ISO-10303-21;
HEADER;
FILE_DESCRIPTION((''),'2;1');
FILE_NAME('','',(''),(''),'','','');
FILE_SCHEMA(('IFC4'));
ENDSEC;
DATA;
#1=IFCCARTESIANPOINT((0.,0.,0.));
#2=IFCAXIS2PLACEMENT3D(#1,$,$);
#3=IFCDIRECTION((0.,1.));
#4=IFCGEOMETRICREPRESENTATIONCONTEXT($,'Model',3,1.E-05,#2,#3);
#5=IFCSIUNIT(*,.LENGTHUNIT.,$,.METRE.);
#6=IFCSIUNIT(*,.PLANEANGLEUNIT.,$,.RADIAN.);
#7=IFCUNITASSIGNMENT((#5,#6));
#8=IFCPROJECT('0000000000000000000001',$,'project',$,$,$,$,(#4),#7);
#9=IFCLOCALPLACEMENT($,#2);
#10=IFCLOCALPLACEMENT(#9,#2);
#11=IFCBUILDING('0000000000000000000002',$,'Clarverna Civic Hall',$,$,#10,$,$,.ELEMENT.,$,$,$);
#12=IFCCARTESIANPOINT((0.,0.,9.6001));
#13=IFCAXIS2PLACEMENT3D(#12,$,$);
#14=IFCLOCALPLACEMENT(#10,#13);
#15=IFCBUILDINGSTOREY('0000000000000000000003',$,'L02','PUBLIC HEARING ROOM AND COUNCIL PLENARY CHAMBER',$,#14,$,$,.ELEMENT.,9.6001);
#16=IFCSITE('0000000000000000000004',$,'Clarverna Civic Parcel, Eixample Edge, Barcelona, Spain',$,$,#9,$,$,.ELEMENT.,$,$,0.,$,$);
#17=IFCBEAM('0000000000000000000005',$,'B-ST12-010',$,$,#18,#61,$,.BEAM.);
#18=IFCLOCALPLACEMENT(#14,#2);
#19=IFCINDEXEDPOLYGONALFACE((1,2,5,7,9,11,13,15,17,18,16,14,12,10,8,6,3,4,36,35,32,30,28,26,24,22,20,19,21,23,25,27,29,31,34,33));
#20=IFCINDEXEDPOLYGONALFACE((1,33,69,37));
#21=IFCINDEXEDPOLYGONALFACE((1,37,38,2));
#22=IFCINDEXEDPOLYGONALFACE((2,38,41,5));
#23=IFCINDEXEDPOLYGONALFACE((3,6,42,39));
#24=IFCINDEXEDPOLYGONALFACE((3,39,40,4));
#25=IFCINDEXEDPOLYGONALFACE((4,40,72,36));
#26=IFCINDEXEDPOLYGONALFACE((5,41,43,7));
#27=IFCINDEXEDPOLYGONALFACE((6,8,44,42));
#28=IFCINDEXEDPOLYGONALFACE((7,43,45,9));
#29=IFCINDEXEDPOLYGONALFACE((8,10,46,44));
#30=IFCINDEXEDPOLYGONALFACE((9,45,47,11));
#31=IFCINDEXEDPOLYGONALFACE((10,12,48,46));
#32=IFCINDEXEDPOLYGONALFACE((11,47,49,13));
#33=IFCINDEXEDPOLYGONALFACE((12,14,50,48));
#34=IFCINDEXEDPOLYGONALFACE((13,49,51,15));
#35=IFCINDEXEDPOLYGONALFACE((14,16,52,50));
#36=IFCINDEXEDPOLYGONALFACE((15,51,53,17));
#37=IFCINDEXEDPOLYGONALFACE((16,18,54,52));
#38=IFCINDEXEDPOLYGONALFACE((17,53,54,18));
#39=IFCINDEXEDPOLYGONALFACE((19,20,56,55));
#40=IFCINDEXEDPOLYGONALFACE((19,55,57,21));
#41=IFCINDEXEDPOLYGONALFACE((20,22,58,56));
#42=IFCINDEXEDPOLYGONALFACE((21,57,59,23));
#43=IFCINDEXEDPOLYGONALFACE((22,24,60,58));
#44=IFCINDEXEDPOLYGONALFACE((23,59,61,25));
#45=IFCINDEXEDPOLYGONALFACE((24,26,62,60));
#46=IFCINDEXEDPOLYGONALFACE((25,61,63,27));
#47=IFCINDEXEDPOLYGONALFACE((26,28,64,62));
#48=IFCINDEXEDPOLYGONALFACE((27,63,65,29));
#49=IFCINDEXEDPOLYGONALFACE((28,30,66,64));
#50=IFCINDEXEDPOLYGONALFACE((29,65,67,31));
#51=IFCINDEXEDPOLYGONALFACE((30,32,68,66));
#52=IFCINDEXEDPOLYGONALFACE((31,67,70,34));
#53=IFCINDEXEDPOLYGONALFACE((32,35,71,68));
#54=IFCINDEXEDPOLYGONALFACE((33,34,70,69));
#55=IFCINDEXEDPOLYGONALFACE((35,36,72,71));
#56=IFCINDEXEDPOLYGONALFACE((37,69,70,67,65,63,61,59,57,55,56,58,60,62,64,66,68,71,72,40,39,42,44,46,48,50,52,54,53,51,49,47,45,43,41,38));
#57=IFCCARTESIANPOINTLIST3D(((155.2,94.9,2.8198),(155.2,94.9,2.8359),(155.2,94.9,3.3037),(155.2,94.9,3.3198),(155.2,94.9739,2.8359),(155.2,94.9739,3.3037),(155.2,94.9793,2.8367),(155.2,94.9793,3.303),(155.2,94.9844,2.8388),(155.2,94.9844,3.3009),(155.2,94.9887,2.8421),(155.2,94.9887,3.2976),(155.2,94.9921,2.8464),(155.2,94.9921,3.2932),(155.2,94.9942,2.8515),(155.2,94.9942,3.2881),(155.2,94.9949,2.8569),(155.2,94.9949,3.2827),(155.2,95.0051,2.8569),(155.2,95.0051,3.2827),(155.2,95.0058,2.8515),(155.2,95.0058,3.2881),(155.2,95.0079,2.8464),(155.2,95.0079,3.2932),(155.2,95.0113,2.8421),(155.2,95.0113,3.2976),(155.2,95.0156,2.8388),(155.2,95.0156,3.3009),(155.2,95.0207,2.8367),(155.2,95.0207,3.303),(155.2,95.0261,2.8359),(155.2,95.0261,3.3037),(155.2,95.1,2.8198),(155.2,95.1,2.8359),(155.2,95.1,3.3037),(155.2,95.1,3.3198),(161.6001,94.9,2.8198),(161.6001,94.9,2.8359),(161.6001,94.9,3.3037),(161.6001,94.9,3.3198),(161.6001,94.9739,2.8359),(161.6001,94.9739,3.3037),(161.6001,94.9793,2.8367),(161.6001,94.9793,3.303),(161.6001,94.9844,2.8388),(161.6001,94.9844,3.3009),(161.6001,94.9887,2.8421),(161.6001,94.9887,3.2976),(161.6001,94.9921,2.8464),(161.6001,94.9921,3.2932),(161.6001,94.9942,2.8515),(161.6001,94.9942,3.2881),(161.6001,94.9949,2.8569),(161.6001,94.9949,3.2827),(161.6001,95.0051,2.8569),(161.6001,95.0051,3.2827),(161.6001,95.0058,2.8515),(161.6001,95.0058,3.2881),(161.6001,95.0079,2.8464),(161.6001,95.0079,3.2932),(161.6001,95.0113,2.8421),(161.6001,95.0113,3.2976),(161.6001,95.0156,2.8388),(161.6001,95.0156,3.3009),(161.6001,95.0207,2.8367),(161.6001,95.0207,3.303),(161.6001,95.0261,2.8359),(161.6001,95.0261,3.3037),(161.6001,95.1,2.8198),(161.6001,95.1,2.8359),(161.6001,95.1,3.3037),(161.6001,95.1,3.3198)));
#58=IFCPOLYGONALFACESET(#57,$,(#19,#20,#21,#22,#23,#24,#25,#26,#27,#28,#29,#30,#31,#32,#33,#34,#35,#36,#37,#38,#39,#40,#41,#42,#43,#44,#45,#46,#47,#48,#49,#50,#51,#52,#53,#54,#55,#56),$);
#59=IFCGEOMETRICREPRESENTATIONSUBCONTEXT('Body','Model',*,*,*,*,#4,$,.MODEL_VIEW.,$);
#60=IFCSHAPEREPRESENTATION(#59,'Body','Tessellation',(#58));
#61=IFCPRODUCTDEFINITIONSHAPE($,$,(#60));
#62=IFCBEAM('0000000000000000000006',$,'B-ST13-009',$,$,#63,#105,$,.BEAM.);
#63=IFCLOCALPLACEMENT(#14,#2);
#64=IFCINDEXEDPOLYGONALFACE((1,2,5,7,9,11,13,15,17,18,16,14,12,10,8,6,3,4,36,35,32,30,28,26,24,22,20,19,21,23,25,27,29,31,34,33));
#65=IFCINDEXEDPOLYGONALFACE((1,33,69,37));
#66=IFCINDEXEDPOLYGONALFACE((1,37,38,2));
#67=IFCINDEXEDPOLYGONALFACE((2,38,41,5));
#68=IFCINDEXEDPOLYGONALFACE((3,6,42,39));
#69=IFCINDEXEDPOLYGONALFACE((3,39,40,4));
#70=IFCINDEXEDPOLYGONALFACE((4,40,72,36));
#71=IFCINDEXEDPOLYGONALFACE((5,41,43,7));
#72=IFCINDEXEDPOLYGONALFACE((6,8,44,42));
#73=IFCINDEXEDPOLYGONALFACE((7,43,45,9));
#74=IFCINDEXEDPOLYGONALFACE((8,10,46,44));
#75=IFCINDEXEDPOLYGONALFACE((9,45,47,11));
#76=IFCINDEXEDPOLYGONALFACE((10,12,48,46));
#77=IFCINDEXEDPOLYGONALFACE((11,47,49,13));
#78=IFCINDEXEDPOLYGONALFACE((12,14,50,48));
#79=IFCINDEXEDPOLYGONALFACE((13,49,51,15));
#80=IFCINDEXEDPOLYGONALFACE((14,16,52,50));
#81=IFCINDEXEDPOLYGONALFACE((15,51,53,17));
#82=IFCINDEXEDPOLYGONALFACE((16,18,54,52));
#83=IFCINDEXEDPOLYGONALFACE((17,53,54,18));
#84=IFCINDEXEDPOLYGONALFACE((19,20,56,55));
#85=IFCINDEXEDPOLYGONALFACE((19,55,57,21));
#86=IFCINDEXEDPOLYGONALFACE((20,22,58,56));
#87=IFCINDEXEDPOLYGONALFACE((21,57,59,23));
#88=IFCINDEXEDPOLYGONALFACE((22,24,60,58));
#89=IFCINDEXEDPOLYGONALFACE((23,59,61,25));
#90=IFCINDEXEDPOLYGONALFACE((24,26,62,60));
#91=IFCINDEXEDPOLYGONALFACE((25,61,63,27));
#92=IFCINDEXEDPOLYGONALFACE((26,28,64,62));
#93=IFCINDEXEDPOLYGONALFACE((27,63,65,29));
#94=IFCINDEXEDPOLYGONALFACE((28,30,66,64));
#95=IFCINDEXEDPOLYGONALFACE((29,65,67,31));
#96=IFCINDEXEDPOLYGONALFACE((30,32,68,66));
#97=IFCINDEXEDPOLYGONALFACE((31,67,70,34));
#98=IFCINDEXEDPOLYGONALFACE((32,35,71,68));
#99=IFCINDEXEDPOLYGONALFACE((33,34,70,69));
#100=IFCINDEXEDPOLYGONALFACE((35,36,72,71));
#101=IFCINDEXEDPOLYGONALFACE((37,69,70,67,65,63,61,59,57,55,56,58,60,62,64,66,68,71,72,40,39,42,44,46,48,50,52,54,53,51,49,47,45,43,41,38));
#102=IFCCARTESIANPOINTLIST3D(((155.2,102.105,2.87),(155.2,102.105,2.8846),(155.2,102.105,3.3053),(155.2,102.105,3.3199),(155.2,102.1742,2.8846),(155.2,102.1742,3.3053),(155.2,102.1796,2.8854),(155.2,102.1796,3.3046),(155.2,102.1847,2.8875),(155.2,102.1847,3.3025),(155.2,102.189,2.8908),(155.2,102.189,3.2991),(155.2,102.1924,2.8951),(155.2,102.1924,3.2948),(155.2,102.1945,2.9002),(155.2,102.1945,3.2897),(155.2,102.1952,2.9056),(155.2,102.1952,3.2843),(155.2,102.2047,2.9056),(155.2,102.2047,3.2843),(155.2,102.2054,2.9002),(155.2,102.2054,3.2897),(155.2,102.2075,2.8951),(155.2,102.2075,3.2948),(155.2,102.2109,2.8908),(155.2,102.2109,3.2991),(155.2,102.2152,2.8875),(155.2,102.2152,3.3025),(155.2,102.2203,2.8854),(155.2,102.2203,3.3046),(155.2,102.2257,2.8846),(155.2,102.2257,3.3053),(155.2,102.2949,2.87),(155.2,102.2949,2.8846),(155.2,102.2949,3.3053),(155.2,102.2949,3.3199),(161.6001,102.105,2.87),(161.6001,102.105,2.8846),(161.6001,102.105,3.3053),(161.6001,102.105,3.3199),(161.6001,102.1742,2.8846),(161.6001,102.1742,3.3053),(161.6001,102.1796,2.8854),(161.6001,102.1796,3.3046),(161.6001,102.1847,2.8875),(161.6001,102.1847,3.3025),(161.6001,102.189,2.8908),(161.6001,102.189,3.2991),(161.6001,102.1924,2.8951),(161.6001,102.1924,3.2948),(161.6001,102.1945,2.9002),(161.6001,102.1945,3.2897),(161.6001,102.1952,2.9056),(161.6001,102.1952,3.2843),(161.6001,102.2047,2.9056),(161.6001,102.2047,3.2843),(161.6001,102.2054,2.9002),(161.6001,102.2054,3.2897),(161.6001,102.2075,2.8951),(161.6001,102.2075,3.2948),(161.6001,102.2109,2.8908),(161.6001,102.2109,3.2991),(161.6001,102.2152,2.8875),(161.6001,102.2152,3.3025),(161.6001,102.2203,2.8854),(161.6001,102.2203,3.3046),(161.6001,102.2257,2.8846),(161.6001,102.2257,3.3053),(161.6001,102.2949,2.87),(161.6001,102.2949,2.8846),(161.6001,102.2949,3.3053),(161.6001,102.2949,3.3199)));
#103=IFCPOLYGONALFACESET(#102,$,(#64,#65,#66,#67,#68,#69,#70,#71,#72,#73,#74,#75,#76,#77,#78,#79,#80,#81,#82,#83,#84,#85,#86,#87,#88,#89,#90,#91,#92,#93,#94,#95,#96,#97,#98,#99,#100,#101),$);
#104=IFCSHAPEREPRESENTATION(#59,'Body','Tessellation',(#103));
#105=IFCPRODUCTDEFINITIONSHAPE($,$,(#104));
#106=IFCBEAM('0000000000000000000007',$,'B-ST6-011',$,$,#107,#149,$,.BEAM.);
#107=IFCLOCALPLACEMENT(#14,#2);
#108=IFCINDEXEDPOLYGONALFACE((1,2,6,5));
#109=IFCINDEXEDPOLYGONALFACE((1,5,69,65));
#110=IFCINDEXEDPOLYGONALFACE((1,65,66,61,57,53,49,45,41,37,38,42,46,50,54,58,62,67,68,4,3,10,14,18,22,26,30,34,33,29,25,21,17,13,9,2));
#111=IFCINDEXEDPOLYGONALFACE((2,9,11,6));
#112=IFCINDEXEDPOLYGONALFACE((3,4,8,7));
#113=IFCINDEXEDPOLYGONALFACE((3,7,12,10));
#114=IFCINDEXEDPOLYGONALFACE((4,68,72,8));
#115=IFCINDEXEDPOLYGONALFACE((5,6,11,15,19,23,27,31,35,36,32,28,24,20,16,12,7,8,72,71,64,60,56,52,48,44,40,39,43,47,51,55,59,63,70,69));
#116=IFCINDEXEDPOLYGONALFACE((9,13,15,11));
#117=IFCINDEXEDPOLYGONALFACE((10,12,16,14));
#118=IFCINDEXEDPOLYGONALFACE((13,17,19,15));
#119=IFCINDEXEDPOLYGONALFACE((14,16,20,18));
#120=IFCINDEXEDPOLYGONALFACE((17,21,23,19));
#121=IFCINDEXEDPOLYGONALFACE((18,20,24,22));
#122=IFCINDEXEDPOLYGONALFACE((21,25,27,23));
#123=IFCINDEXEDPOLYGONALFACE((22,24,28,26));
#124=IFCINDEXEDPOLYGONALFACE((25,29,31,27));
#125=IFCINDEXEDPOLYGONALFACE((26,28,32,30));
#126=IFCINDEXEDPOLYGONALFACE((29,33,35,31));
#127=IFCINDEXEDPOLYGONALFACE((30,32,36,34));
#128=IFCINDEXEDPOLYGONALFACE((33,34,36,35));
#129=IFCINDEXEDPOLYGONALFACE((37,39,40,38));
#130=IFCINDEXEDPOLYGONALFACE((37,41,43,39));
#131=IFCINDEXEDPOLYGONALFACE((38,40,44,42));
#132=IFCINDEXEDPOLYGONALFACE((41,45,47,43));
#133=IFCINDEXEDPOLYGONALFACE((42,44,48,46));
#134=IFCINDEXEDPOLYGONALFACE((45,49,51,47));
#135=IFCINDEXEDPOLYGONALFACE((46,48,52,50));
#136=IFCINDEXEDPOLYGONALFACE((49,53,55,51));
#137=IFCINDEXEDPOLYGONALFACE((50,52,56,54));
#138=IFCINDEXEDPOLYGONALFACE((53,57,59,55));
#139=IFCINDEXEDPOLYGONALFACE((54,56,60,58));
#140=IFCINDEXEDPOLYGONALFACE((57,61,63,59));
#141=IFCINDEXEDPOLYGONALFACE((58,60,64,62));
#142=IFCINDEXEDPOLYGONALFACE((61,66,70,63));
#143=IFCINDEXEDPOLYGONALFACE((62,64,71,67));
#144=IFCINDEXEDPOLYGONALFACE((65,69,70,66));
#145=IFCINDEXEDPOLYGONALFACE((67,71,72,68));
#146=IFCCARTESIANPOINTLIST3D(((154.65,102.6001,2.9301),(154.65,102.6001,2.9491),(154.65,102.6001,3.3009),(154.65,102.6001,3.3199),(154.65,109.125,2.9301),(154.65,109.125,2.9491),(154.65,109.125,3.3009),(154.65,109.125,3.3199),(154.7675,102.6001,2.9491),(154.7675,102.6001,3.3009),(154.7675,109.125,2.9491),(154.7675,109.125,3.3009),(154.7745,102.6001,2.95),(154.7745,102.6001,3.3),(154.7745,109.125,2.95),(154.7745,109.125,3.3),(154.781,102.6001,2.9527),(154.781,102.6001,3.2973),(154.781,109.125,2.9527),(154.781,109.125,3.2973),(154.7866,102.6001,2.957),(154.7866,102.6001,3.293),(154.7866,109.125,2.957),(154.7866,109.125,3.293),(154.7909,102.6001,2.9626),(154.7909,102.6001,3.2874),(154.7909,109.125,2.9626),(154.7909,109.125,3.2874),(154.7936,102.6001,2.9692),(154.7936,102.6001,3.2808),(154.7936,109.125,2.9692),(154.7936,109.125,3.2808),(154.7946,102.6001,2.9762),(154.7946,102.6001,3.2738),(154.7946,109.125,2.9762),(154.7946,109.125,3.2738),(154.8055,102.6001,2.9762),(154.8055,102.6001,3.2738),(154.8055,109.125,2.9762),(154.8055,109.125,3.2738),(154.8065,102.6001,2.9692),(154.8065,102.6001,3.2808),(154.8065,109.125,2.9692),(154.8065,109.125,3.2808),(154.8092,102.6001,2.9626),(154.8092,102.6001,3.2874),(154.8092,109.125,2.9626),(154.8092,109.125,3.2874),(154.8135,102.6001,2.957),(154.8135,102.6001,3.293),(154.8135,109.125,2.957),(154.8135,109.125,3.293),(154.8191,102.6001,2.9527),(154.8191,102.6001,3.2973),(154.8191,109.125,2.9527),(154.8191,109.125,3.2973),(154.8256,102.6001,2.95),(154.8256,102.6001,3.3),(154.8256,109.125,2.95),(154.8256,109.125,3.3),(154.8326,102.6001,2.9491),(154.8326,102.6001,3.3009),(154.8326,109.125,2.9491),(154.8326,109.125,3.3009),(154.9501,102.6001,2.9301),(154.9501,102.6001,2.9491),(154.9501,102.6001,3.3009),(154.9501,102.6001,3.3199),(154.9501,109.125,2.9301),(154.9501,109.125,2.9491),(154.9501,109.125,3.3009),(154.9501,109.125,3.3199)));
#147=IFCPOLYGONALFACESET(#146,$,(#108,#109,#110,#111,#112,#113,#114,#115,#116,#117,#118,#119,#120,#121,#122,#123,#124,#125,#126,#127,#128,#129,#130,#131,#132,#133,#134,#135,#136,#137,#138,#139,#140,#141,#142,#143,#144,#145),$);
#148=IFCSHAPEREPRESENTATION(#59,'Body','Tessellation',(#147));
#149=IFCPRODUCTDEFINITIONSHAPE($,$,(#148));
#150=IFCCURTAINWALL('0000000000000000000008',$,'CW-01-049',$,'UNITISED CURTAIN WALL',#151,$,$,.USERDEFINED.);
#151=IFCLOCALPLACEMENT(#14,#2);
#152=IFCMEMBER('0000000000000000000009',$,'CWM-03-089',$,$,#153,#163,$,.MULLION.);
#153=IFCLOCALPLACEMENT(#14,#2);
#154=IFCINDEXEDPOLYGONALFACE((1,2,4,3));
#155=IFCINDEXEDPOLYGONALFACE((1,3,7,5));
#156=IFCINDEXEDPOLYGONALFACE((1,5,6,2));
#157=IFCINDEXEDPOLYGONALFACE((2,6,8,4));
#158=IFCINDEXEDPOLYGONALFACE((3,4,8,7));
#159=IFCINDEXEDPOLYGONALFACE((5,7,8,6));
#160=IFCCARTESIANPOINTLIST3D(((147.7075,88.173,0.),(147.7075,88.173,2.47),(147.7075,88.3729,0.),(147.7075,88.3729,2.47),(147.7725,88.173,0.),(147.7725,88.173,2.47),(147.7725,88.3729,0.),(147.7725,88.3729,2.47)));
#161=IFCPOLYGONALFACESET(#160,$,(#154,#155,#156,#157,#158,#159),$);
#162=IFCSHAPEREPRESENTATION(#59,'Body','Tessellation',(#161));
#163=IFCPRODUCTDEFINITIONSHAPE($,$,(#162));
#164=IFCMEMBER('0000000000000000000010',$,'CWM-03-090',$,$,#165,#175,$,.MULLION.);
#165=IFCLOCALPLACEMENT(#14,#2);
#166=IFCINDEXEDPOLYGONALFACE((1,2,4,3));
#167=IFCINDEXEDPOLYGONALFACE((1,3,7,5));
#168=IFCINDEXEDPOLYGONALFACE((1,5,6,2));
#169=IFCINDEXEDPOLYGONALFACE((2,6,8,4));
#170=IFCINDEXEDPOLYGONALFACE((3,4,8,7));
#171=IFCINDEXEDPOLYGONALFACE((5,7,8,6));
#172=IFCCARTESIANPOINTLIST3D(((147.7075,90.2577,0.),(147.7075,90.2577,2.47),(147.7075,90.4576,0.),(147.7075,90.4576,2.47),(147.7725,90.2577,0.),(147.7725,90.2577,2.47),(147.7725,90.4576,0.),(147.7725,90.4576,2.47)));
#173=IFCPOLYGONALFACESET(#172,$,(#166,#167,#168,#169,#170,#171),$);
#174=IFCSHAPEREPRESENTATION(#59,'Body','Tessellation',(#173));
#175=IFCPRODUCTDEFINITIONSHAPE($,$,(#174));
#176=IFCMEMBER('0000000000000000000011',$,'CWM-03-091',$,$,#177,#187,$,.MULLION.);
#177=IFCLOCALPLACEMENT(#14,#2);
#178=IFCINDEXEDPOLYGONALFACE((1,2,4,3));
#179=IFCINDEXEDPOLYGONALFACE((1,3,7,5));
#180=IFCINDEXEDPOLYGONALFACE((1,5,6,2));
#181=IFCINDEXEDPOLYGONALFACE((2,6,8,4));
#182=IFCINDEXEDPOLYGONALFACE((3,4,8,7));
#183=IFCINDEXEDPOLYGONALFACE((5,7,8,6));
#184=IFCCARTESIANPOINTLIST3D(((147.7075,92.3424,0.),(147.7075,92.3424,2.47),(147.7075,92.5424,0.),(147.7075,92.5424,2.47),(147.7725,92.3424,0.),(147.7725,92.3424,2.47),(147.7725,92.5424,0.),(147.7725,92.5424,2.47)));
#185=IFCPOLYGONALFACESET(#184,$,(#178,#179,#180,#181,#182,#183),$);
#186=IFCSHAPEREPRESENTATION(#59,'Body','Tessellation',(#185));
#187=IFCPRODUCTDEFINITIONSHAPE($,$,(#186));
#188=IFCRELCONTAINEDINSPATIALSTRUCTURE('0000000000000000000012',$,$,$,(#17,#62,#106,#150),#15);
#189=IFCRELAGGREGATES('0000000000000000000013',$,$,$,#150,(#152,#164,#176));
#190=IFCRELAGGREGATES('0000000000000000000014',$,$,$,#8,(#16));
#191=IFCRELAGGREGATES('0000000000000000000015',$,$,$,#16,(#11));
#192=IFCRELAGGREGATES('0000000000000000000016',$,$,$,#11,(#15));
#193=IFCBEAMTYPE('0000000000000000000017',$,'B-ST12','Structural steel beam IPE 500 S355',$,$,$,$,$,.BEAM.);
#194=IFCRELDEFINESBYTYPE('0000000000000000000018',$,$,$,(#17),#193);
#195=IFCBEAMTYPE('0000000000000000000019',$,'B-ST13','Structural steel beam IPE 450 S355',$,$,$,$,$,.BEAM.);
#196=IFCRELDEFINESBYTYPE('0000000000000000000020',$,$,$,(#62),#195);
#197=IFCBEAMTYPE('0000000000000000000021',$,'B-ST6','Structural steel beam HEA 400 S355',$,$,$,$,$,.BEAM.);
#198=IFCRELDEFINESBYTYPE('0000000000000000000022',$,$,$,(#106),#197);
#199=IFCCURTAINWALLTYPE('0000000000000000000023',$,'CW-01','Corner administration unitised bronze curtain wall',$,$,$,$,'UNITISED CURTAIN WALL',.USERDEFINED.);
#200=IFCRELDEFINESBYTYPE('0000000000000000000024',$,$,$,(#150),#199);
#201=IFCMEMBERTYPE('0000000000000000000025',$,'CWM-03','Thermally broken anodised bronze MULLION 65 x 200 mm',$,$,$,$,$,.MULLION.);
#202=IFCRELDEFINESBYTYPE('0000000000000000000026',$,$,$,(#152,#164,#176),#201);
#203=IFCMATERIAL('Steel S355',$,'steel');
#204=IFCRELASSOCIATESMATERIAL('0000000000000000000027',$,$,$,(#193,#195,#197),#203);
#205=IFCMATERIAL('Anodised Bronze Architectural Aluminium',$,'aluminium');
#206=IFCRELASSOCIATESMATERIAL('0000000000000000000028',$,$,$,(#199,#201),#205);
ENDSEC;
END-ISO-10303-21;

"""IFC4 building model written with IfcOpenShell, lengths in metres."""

from ifc_helpers import new_model, si_unit, direction, frame, origin, origin_2d, place, context, subcontext, project, spatial, rectangle, i_section, extrude, material, material_profile, profile_set, type_object, element, aggregate, save


model = new_model("IFC4")

# Units and contexts
model_context = context("Model", 3, precision=1e-05, world=origin(), true_north=direction((0.0, 1.0)))
body_context = subcontext(model_context, "Body", "Model", "MODEL_VIEW")
ifc_project = project(units=[si_unit("LENGTHUNIT", "METRE"), si_unit("PLANEANGLEUNIT", "RADIAN")], contexts=[model_context])

# Site, building, storey
site_placement = place(None, origin())
site = spatial("IfcSite", under=ifc_project, at=site_placement, Name="Clarverna Civic Parcel, Eixample Edge, Barcelona, Spain", CompositionType="ELEMENT", RefElevation=0.0)
building_placement = place(site_placement, origin())
building = spatial("IfcBuilding", under=site, at=building_placement, Name="Clarverna Civic Hall", CompositionType="ELEMENT")
storey_placement = place(building_placement, frame((0.0, 0.0, 9.6001)))
storey = spatial("IfcBuildingStorey", under=building, at=storey_placement, Name="L02", Description="PUBLIC HEARING ROOM AND COUNCIL PLENARY CHAMBER", CompositionType="ELEMENT", Elevation=9.6001)

# Beams
ifc_material_1 = material(Name="Steel S355", Category="steel")
ifc_material_profile_1 = material_profile(ifc_material_1, i_section(OverallWidth=0.2, OverallDepth=0.5, WebThickness=0.0103, FlangeThickness=0.0161, FilletRadius=0.021, at=origin_2d()), Name="IPE 500")
ifc_profile_set_1 = profile_set([ifc_material_profile_1], Name="Steel S355")
beam_type_1 = type_object("IfcBeamType", Name="B-ST12", Description="Structural steel beam IPE 500 S355", PredefinedType="BEAM", material=ifc_profile_set_1)
beam_1_placement = place(storey_placement, frame((155.2, 95.0, 3.0698), z_axis=(1.0, 0.0, 0.0), x_axis=(0.0, 1.0, 0.0)))
element("IfcBeam", 1, at=beam_1_placement, inside=storey, type_object=beam_type_1, Name="B-ST12-010", PredefinedType="BEAM", context=body_context, shape_type="SweptSolid", body=[
    extrude(i_section(OverallWidth=0.2, OverallDepth=0.5, WebThickness=0.0103, FlangeThickness=0.0161, FilletRadius=0.021, at=origin_2d()), origin(), (0.0, 0.0, 1.0), 6.4001),
])
ifc_material_profile_2 = material_profile(ifc_material_1, i_section(OverallWidth=0.1899, OverallDepth=0.45, WebThickness=0.0095, FlangeThickness=0.0146, FilletRadius=0.021, at=origin_2d()), Name="IPE 450")
ifc_profile_set_2 = profile_set([ifc_material_profile_2], Name="Steel S355")
beam_type_2 = type_object("IfcBeamType", Name="B-ST13", Description="Structural steel beam IPE 450 S355", PredefinedType="BEAM", material=ifc_profile_set_2)
beam_2_placement = place(storey_placement, frame((155.2, 102.2, 3.095), z_axis=(1.0, 0.0, 0.0), x_axis=(0.0, 1.0, 0.0)))
element("IfcBeam", 2, at=beam_2_placement, inside=storey, type_object=beam_type_2, Name="B-ST13-009", PredefinedType="BEAM", context=body_context, shape_type="SweptSolid", body=[
    extrude(i_section(OverallWidth=0.1899, OverallDepth=0.45, WebThickness=0.0095, FlangeThickness=0.0146, FilletRadius=0.021, at=origin_2d()), origin(), (0.0, 0.0, 1.0), 6.4001),
])
ifc_material_profile_3 = material_profile(ifc_material_1, i_section(OverallWidth=0.3, OverallDepth=0.3899, WebThickness=0.011, FlangeThickness=0.019, FilletRadius=0.0271, at=origin_2d()), Name="HEA 400")
ifc_profile_set_3 = profile_set([ifc_material_profile_3], Name="Steel S355")
beam_type_3 = type_object("IfcBeamType", Name="B-ST6", Description="Structural steel beam HEA 400 S355", PredefinedType="BEAM", material=ifc_profile_set_3)
beam_3_placement = place(storey_placement, frame((154.8, 102.6001, 3.125), z_axis=(0.0, 1.0, 0.0), x_axis=(-1.0, 0.0, 0.0)))
element("IfcBeam", 3, at=beam_3_placement, inside=storey, type_object=beam_type_3, Name="B-ST6-011", PredefinedType="BEAM", context=body_context, shape_type="SweptSolid", body=[
    extrude(i_section(OverallWidth=0.3, OverallDepth=0.3899, WebThickness=0.011, FlangeThickness=0.019, FilletRadius=0.0271, at=origin_2d()), origin(), (0.0, 0.0, 1.0), 6.5249),
])

# Curtain wall, members
ifc_material_2 = material(Name="Anodised Bronze Architectural Aluminium", Category="aluminium")
curtain_wall_type = type_object("IfcCurtainWallType", Name="CW-01", Description="Corner administration unitised bronze curtain wall", ElementType="UNITISED CURTAIN WALL", PredefinedType="USERDEFINED", material=ifc_material_2)
curtain_wall_placement = place(storey_placement, origin())
curtain_wall = element("IfcCurtainWall", 4, at=curtain_wall_placement, inside=storey, type_object=curtain_wall_type, Name="CW-01-049", ObjectType="UNITISED CURTAIN WALL", PredefinedType="USERDEFINED")
ifc_material_profile_4 = material_profile(ifc_material_2, rectangle(XDim=0.0649, YDim=0.2, at=origin_2d()), Name="BRONZE 65x200")
ifc_profile_set_4 = profile_set([ifc_material_profile_4], Name="Anodised Bronze Architectural Aluminium")
member_type_1 = type_object("IfcMemberType", Name="CWM-03", Description="Thermally broken anodised bronze MULLION 65 x 200 mm", PredefinedType="MULLION", material=ifc_profile_set_4)
member_1_placement = place(storey_placement, frame((147.74, 88.2729, 0.0), z_axis=(0.0, 0.0, 1.0), x_axis=(1.0, 0.0, 0.0)))
member_1 = element("IfcMember", 5, at=member_1_placement, type_object=member_type_1, Name="CWM-03-089", PredefinedType="MULLION", context=body_context, shape_type="SweptSolid", body=[
    extrude(rectangle(XDim=0.0649, YDim=0.2, at=origin_2d()), origin(), (0.0, 0.0, 1.0), 2.47),
])
member_2_placement = place(storey_placement, frame((147.74, 90.3577, 0.0), z_axis=(0.0, 0.0, 1.0), x_axis=(1.0, 0.0, 0.0)))
member_2 = element("IfcMember", 6, at=member_2_placement, type_object=member_type_1, Name="CWM-03-090", PredefinedType="MULLION", context=body_context, shape_type="SweptSolid", body=[
    extrude(rectangle(XDim=0.0649, YDim=0.2, at=origin_2d()), origin(), (0.0, 0.0, 1.0), 2.47),
])
member_3_placement = place(storey_placement, frame((147.74, 92.4424, 0.0), z_axis=(0.0, 0.0, 1.0), x_axis=(1.0, 0.0, 0.0)))
member_3 = element("IfcMember", 7, at=member_3_placement, type_object=member_type_1, Name="CWM-03-091", PredefinedType="MULLION", context=body_context, shape_type="SweptSolid", body=[
    extrude(rectangle(XDim=0.0649, YDim=0.2, at=origin_2d()), origin(), (0.0, 0.0, 1.0), 2.47),
])

aggregate(curtain_wall, [member_1, member_2, member_3])

save(model, "model.ifc")
